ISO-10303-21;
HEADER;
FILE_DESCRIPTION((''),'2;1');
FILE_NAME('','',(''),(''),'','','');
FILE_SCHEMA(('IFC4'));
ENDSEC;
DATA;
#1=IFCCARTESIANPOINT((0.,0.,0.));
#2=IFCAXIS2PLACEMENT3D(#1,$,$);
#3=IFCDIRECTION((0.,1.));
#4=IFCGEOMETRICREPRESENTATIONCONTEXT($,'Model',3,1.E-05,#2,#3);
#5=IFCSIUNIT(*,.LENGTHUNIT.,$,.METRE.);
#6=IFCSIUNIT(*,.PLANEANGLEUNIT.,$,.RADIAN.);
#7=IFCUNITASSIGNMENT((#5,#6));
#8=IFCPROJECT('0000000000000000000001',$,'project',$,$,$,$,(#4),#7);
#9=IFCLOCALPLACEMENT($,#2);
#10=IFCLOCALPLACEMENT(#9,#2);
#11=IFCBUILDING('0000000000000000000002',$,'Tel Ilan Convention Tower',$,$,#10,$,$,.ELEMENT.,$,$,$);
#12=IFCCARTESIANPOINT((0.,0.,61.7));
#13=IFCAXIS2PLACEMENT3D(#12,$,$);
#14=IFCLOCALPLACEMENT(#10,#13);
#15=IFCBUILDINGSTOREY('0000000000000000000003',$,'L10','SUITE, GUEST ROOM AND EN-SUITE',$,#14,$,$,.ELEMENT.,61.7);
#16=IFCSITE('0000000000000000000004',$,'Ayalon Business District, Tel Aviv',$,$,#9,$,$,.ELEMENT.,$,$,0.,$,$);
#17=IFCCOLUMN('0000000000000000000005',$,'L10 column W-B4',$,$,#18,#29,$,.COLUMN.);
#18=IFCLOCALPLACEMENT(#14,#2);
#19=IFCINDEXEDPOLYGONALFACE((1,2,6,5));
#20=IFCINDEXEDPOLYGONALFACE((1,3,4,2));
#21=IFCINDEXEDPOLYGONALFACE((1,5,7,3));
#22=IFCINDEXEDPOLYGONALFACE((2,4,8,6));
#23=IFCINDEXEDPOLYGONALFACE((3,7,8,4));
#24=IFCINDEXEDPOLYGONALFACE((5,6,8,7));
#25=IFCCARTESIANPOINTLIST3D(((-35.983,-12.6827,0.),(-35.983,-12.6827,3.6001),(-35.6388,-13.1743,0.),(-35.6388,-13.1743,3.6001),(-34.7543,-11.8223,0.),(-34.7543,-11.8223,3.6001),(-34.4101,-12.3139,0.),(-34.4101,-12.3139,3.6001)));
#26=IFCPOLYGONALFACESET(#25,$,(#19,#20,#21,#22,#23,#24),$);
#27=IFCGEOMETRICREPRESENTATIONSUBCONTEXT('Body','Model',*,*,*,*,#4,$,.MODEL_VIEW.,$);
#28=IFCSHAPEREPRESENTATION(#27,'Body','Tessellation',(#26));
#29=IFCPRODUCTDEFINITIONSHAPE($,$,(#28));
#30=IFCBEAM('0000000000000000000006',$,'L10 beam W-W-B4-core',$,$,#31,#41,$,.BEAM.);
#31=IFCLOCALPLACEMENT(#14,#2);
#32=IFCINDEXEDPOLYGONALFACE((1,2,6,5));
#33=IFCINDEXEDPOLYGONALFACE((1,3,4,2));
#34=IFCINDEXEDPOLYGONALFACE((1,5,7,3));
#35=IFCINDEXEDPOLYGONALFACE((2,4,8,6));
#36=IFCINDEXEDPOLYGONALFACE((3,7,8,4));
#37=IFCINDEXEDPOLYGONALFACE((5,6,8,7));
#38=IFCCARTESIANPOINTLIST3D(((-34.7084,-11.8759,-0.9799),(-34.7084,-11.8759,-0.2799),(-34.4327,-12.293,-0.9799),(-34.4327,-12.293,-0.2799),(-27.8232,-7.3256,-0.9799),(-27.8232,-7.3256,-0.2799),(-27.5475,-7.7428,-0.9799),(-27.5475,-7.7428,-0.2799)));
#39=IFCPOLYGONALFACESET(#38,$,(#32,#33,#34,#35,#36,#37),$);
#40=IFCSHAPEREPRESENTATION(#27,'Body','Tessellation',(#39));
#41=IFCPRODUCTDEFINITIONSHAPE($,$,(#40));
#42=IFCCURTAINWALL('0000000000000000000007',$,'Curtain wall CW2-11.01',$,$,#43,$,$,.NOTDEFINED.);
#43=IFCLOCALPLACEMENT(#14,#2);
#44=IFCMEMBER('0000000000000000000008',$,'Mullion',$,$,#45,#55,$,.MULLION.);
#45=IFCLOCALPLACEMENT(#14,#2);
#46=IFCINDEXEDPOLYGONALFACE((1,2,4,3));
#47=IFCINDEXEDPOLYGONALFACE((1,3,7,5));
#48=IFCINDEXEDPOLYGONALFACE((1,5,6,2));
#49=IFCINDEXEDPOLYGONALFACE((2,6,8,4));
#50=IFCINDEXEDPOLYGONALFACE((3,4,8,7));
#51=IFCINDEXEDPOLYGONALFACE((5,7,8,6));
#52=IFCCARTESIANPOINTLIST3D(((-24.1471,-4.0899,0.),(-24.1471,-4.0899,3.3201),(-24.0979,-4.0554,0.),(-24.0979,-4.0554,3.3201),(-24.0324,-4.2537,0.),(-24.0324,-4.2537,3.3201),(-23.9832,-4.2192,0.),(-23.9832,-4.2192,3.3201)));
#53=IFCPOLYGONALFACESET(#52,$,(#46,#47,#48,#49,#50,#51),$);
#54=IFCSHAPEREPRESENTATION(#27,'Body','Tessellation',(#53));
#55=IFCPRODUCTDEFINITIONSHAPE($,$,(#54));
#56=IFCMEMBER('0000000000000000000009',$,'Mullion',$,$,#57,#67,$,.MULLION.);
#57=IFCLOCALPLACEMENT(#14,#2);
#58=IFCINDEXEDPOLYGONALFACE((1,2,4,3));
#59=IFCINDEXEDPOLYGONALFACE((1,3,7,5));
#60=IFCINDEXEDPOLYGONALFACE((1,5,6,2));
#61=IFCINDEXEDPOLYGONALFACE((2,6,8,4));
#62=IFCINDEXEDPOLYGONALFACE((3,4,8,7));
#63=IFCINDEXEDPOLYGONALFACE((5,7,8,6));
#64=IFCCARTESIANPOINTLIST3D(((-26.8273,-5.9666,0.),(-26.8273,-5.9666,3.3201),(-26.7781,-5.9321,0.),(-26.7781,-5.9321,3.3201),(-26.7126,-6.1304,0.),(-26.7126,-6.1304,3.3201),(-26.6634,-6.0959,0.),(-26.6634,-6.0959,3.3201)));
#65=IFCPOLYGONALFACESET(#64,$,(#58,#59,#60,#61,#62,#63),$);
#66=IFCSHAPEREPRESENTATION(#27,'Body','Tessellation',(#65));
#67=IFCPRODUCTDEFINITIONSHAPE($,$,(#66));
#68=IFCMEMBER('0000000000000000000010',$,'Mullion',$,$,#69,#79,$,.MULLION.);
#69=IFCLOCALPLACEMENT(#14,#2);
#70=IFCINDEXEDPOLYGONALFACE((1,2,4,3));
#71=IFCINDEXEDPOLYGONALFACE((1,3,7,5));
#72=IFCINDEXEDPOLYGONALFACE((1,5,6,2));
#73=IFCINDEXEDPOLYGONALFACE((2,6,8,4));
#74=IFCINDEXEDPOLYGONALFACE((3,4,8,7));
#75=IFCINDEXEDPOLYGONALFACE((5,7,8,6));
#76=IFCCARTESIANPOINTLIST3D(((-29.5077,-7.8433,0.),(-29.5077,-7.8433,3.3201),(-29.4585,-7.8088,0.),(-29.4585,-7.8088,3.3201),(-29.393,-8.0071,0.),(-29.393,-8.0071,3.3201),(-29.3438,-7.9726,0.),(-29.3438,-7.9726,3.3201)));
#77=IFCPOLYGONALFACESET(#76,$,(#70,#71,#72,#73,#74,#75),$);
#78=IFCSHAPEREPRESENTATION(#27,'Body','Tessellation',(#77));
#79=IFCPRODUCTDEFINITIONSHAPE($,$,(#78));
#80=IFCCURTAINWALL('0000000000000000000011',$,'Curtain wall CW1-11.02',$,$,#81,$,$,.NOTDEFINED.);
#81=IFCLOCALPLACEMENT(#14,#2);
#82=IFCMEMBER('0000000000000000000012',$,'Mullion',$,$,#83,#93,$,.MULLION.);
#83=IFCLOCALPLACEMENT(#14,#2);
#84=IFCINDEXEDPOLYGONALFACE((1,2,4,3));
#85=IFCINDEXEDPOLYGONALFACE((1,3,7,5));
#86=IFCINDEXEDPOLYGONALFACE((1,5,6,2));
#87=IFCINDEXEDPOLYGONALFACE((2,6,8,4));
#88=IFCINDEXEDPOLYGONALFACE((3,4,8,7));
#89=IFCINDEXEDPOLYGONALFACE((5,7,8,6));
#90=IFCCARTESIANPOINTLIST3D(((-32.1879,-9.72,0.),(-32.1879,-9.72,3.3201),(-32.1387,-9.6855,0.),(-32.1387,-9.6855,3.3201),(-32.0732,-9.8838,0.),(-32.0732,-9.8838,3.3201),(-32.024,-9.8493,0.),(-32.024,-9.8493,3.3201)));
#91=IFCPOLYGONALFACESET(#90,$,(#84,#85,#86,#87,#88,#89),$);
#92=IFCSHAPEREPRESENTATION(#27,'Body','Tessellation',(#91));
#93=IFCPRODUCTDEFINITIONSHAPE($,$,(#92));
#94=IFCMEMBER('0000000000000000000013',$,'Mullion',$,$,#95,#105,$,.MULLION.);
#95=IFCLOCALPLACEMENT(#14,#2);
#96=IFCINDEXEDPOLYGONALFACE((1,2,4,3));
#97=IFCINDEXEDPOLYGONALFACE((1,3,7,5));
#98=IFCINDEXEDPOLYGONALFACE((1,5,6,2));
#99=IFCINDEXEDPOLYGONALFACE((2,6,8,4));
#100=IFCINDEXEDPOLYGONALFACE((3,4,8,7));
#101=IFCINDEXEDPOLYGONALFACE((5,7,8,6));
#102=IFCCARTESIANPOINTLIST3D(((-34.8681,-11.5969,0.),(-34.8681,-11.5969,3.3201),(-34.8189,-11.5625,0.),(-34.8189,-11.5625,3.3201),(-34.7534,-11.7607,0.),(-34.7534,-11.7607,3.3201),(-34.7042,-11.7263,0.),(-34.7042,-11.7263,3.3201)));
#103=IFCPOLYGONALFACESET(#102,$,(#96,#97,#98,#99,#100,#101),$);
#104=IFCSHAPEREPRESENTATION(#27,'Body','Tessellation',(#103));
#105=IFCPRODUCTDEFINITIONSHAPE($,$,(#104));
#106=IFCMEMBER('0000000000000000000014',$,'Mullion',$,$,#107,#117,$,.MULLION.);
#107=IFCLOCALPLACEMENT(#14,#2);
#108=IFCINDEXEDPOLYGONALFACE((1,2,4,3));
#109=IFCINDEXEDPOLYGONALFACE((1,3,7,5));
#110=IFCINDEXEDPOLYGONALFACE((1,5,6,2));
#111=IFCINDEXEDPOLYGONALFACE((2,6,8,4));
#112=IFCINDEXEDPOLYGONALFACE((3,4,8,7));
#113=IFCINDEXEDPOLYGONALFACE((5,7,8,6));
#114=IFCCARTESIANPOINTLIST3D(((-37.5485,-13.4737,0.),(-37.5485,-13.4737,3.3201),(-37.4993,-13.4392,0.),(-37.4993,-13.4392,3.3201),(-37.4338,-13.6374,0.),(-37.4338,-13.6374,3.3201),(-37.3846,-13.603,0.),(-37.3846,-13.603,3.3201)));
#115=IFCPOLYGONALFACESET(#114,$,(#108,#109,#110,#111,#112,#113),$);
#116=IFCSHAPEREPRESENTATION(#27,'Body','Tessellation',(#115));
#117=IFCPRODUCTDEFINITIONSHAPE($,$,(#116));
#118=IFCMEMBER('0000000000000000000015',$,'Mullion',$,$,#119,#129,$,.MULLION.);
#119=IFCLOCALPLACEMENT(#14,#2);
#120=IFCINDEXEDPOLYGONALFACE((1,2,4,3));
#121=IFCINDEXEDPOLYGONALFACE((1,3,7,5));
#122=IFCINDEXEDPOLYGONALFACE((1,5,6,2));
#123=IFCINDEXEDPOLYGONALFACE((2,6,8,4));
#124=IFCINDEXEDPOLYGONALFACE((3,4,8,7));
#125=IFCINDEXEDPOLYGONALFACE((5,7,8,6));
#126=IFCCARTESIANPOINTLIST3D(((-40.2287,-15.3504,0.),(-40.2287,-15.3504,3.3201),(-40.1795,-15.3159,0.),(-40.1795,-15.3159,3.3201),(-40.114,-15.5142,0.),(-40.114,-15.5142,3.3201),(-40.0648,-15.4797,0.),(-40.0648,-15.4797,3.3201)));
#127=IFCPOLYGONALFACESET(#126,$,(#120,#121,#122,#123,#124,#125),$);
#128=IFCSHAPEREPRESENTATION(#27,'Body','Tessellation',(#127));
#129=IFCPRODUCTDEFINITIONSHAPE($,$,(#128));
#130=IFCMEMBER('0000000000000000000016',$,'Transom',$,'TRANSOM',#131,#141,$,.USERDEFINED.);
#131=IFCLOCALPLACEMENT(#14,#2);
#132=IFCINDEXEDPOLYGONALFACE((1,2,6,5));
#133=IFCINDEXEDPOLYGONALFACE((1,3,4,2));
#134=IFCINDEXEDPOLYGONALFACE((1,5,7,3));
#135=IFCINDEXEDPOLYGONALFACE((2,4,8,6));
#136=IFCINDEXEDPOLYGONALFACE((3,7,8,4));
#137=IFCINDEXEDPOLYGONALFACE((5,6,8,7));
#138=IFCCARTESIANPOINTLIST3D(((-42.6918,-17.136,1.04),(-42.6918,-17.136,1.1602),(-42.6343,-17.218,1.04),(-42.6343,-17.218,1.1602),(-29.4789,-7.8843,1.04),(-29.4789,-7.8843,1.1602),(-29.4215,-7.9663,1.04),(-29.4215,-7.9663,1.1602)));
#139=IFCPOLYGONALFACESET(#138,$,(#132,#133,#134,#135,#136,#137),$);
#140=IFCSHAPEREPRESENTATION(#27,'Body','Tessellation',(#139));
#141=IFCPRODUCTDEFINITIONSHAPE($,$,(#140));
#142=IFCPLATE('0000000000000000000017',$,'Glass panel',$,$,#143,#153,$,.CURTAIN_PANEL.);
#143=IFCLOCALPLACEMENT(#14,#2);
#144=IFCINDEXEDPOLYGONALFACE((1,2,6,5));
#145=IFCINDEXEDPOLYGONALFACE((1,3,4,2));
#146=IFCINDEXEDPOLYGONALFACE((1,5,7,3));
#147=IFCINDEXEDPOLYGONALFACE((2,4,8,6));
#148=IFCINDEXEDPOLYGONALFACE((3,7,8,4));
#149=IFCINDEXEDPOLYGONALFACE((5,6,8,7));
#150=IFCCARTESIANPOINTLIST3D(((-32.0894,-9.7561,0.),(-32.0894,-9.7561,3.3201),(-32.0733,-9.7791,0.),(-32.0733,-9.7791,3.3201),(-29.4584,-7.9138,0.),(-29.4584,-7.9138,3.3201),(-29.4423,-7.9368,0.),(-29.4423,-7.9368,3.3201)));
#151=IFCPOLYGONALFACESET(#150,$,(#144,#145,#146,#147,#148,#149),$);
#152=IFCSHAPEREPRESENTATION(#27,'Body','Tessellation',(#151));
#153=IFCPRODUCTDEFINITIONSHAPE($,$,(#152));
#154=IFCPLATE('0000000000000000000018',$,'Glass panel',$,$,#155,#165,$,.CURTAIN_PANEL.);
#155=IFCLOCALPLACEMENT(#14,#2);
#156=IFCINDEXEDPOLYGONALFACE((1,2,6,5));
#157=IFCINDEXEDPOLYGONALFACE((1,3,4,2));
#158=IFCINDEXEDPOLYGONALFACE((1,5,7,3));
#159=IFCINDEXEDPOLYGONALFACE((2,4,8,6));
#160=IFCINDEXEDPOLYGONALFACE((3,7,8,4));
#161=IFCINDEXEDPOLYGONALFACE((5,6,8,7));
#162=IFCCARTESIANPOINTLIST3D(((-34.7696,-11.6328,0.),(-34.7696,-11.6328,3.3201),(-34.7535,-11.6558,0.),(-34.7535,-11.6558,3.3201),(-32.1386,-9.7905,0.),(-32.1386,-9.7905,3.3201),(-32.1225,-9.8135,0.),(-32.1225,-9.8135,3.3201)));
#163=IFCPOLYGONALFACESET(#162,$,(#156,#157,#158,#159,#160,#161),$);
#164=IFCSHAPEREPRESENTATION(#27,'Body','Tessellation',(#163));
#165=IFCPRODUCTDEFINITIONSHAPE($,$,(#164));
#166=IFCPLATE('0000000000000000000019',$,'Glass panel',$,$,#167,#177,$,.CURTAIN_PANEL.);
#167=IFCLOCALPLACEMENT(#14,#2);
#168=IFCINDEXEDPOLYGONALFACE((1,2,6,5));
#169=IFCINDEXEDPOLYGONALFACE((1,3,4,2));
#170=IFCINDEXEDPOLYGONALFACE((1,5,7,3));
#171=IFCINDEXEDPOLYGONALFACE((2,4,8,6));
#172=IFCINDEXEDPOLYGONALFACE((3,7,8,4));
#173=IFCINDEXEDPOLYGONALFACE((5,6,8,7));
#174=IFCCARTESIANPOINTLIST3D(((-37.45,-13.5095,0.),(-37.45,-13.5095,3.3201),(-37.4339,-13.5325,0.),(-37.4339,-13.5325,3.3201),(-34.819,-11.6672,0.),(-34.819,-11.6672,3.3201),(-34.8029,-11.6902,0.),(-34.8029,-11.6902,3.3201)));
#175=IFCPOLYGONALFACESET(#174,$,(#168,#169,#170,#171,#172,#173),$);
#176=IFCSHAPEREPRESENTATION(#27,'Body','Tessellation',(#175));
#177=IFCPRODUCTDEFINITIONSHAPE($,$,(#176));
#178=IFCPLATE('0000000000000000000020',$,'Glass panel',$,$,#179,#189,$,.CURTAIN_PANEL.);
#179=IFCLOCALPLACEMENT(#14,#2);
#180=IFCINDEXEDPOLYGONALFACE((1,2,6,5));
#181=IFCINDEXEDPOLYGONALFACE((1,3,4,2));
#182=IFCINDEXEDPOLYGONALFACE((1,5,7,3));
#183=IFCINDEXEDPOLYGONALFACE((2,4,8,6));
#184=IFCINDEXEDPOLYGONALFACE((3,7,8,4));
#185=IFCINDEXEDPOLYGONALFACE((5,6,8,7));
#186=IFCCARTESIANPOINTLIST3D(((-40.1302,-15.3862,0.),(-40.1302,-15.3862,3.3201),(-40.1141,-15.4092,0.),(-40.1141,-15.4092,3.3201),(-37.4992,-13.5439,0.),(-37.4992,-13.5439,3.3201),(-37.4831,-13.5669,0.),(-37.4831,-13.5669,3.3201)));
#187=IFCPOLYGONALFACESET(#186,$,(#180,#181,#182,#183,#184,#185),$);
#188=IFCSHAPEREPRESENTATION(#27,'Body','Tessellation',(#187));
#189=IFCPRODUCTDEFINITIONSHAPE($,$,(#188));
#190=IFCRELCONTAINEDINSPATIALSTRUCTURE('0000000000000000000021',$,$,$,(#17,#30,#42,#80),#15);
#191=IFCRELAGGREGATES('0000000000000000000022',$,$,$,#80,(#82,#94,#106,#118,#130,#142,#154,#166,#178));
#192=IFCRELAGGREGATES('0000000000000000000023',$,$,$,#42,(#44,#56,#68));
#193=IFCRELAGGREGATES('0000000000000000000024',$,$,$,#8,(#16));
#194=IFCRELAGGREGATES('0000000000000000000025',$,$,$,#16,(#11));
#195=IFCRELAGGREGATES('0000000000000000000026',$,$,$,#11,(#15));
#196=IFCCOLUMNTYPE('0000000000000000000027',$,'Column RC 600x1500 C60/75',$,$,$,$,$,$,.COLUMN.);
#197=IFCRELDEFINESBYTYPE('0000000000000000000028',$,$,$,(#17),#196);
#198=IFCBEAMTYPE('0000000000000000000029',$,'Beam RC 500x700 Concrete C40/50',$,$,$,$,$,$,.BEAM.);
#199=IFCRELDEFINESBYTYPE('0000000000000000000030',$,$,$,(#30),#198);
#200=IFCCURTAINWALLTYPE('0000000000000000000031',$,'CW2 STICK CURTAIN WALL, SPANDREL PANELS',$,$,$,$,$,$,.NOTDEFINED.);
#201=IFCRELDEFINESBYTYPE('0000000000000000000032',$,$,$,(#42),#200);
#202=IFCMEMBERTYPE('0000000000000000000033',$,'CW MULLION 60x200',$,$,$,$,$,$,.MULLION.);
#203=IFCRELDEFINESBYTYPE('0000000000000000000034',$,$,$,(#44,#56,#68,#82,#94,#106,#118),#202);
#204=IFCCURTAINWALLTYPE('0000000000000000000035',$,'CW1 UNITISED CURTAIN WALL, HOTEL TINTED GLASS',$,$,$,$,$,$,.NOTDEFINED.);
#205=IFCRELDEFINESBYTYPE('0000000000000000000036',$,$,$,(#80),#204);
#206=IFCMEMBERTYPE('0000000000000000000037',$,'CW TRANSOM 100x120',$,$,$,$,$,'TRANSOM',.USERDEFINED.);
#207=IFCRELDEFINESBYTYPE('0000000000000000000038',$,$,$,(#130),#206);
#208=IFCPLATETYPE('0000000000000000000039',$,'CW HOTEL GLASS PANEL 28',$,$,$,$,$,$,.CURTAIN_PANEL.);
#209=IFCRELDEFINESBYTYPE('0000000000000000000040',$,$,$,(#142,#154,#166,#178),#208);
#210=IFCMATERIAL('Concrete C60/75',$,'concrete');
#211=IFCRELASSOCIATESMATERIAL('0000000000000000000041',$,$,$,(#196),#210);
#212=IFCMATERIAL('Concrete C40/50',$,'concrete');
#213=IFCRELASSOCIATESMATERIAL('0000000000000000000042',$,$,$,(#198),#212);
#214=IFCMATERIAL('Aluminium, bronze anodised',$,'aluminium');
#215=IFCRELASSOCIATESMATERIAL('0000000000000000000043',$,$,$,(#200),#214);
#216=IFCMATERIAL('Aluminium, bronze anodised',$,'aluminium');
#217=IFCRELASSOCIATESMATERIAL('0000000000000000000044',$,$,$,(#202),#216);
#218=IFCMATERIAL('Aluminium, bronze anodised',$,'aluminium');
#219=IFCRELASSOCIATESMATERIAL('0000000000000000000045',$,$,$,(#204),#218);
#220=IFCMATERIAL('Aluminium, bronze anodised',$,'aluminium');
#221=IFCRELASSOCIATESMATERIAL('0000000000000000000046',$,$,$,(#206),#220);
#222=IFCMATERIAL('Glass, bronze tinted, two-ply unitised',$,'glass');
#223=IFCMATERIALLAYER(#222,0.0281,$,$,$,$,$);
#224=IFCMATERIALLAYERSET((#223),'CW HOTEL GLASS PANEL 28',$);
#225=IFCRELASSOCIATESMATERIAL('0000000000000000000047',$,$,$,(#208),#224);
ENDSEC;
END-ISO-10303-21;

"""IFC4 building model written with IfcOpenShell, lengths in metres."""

from ifc_helpers import new_model, si_unit, direction, frame, origin, origin_2d, place, context, subcontext, project, spatial, rectangle, extrude, material, layer, layer_set, material_profile, profile_set, type_object, element, aggregate, save


model = new_model("IFC4")

# Units and contexts
model_context = context("Model", 3, precision=1e-05, world=origin(), true_north=direction((0.0, 1.0)))
body_context = subcontext(model_context, "Body", "Model", "MODEL_VIEW")
ifc_project = project(units=[si_unit("LENGTHUNIT", "METRE"), si_unit("PLANEANGLEUNIT", "RADIAN")], contexts=[model_context])

# Site, building, storey
site_placement = place(None, origin())
site = spatial("IfcSite", under=ifc_project, at=site_placement, Name="Ayalon Business District, Tel Aviv", CompositionType="ELEMENT", RefElevation=0.0)
building_placement = place(site_placement, origin())
building = spatial("IfcBuilding", under=site, at=building_placement, Name="Tel Ilan Convention Tower", CompositionType="ELEMENT")
storey_placement = place(building_placement, frame((0.0, 0.0, 61.7)))
storey = spatial("IfcBuildingStorey", under=building, at=storey_placement, Name="L10", Description="SUITE, GUEST ROOM AND EN-SUITE", CompositionType="ELEMENT", Elevation=61.7)

# Column
ifc_material_1 = material(Name="Concrete C60/75", Category="concrete")
ifc_material_profile_1 = material_profile(ifc_material_1, rectangle(XDim=1.5, YDim=0.6001, at=origin_2d()), Name="RC 600x1500")
ifc_profile_set_1 = profile_set([ifc_material_profile_1], Name="Concrete C60/75")
column_type = type_object("IfcColumnType", Name="Column RC 600x1500 C60/75", PredefinedType="COLUMN", material=ifc_profile_set_1)
column_placement = place(storey_placement, frame((-35.1965, -12.4983, 0.0), z_axis=(0.0, 0.0, 1.0), x_axis=(-0.819152, -0.573576, 0.0)))
element("IfcColumn", 1, at=column_placement, inside=storey, type_object=column_type, Name="L10 column W-B4", PredefinedType="COLUMN", context=body_context, shape_type="SweptSolid", body=[
    extrude(rectangle(XDim=1.5, YDim=0.6001, at=origin_2d()), origin(), (0.0, 0.0, 1.0), 3.6001),
])

# Beam
ifc_material_2 = material(Name="Concrete C40/50", Category="concrete")
ifc_material_profile_2 = material_profile(ifc_material_2, rectangle(XDim=0.5, YDim=0.7, at=origin_2d()), Name="RC 500x700")
ifc_profile_set_2 = profile_set([ifc_material_profile_2], Name="Concrete C40/50")
beam_type = type_object("IfcBeamType", Name="Beam RC 500x700 Concrete C40/50", PredefinedType="BEAM", material=ifc_profile_set_2)
beam_placement = place(storey_placement, frame((-34.5706, -12.0845, -0.6299), z_axis=(0.834274, 0.551351, 0.0), x_axis=(-0.551351, 0.834274, 0.0)))
element("IfcBeam", 2, at=beam_placement, inside=storey, type_object=beam_type, Name="L10 beam W-W-B4-core", PredefinedType="BEAM", context=body_context, shape_type="SweptSolid", body=[
    extrude(rectangle(XDim=0.5, YDim=0.7, at=origin_2d()), origin(), (0.0, 0.0, 1.0), 8.2529),
])

# Curtain wall, members
ifc_material_3 = material(Name="Aluminium, bronze anodised", Category="aluminium")
curtain_wall_type_1 = type_object("IfcCurtainWallType", Name="CW2 STICK CURTAIN WALL, SPANDREL PANELS", PredefinedType="NOTDEFINED", material=ifc_material_3)
curtain_wall_1_placement = place(storey_placement, origin())
curtain_wall_1 = element("IfcCurtainWall", 3, at=curtain_wall_1_placement, inside=storey, type_object=curtain_wall_type_1, Name="Curtain wall CW2-11.01", PredefinedType="NOTDEFINED")
ifc_material_4 = material(Name="Aluminium, bronze anodised", Category="aluminium")
ifc_material_profile_3 = material_profile(ifc_material_4, rectangle(XDim=0.0601, YDim=0.2, at=origin_2d()), Name="CW MULLION 60x200")
ifc_profile_set_3 = profile_set([ifc_material_profile_3], Name="Aluminium, bronze anodised")
member_type_1 = type_object("IfcMemberType", Name="CW MULLION 60x200", PredefinedType="MULLION", material=ifc_profile_set_3)
member_1_placement = place(storey_placement, frame((-24.0652, -4.1545, 0.0), z_axis=(0.0, 0.0, 1.0), x_axis=(-0.819152, -0.573576, 0.0)))
member_1 = element("IfcMember", 4, at=member_1_placement, type_object=member_type_1, Name="Mullion", PredefinedType="MULLION", context=body_context, shape_type="SweptSolid", body=[
    extrude(rectangle(XDim=0.0601, YDim=0.2, at=origin_2d()), origin(), (0.0, 0.0, 1.0), 3.3201),
])
member_2_placement = place(storey_placement, frame((-26.7454, -6.0312, 0.0), z_axis=(0.0, 0.0, 1.0), x_axis=(-0.819152, -0.573576, 0.0)))
member_2 = element("IfcMember", 5, at=member_2_placement, type_object=member_type_1, Name="Mullion", PredefinedType="MULLION", context=body_context, shape_type="SweptSolid", body=[
    extrude(rectangle(XDim=0.0601, YDim=0.2, at=origin_2d()), origin(), (0.0, 0.0, 1.0), 3.3201),
])
member_3_placement = place(storey_placement, frame((-29.4258, -7.908, 0.0), z_axis=(0.0, 0.0, 1.0), x_axis=(-0.819152, -0.573576, 0.0)))
member_3 = element("IfcMember", 6, at=member_3_placement, type_object=member_type_1, Name="Mullion", PredefinedType="MULLION", context=body_context, shape_type="SweptSolid", body=[
    extrude(rectangle(XDim=0.0601, YDim=0.2, at=origin_2d()), origin(), (0.0, 0.0, 1.0), 3.3201),
])

# Curtain wall, members, plates
ifc_material_5 = material(Name="Aluminium, bronze anodised", Category="aluminium")
curtain_wall_type_2 = type_object("IfcCurtainWallType", Name="CW1 UNITISED CURTAIN WALL, HOTEL TINTED GLASS", PredefinedType="NOTDEFINED", material=ifc_material_5)
curtain_wall_2_placement = place(storey_placement, origin())
curtain_wall_2 = element("IfcCurtainWall", 7, at=curtain_wall_2_placement, inside=storey, type_object=curtain_wall_type_2, Name="Curtain wall CW1-11.02", PredefinedType="NOTDEFINED")
member_4_placement = place(storey_placement, frame((-32.106, -9.7847, 0.0), z_axis=(0.0, 0.0, 1.0), x_axis=(-0.819152, -0.573576, 0.0)))
member_4 = element("IfcMember", 8, at=member_4_placement, type_object=member_type_1, Name="Mullion", PredefinedType="MULLION", context=body_context, shape_type="SweptSolid", body=[
    extrude(rectangle(XDim=0.0601, YDim=0.2, at=origin_2d()), origin(), (0.0, 0.0, 1.0), 3.3201),
])
member_5_placement = place(storey_placement, frame((-34.7861, -11.6616, 0.0), z_axis=(0.0, 0.0, 1.0), x_axis=(-0.819152, -0.573576, 0.0)))
member_5 = element("IfcMember", 9, at=member_5_placement, type_object=member_type_1, Name="Mullion", PredefinedType="MULLION", context=body_context, shape_type="SweptSolid", body=[
    extrude(rectangle(XDim=0.0601, YDim=0.2, at=origin_2d()), origin(), (0.0, 0.0, 1.0), 3.3201),
])
member_6_placement = place(storey_placement, frame((-37.4666, -13.5383, 0.0), z_axis=(0.0, 0.0, 1.0), x_axis=(-0.819152, -0.573576, 0.0)))
member_6 = element("IfcMember", 10, at=member_6_placement, type_object=member_type_1, Name="Mullion", PredefinedType="MULLION", context=body_context, shape_type="SweptSolid", body=[
    extrude(rectangle(XDim=0.0601, YDim=0.2, at=origin_2d()), origin(), (0.0, 0.0, 1.0), 3.3201),
])
member_7_placement = place(storey_placement, frame((-40.1467, -15.415, 0.0), z_axis=(0.0, 0.0, 1.0), x_axis=(-0.819152, -0.573576, 0.0)))
member_7 = element("IfcMember", 11, at=member_7_placement, type_object=member_type_1, Name="Mullion", PredefinedType="MULLION", context=body_context, shape_type="SweptSolid", body=[
    extrude(rectangle(XDim=0.0601, YDim=0.2, at=origin_2d()), origin(), (0.0, 0.0, 1.0), 3.3201),
])
ifc_material_6 = material(Name="Aluminium, bronze anodised", Category="aluminium")
ifc_material_profile_4 = material_profile(ifc_material_6, rectangle(XDim=0.1001, YDim=0.1201, at=origin_2d()), Name="CW TRANSOM 100x120")
ifc_profile_set_4 = profile_set([ifc_material_profile_4], Name="Aluminium, bronze anodised")
member_type_2 = type_object("IfcMemberType", Name="CW TRANSOM 100x120", ElementType="TRANSOM", PredefinedType="USERDEFINED", material=ifc_profile_set_4)
member_8_placement = place(storey_placement, frame((-29.4502, -7.9253, 1.1001), z_axis=(-0.819154, -0.573574, 0.0), x_axis=(0.573574, -0.819154, 0.0)))
member_8 = element("IfcMember", 12, at=member_8_placement, type_object=member_type_2, Name="Transom", ObjectType="TRANSOM", PredefinedType="USERDEFINED", context=body_context, shape_type="SweptSolid", body=[
    extrude(rectangle(XDim=0.1001, YDim=0.1201, at=origin_2d()), origin(), (0.0, 0.0, 1.0), 16.1299),
])
ifc_material_7 = material(Name="Glass, bronze tinted, two-ply unitised", Category="glass")
ifc_layer_1 = layer(ifc_material_7, 0.0281)
ifc_layer_set_1 = layer_set([ifc_layer_1], Name="CW HOTEL GLASS PANEL 28")
plate_type_1 = type_object("IfcPlateType", Name="CW HOTEL GLASS PANEL 28", PredefinedType="CURTAIN_PANEL", material=ifc_layer_set_1)
plate_1_placement = place(storey_placement, frame((-30.7659, -8.8464, 0.0), z_axis=(0.0, 0.0, 1.0), x_axis=(-0.819152, -0.573576, 0.0)))
plate_1 = element("IfcPlate", 13, at=plate_1_placement, type_object=plate_type_1, Name="Glass panel", PredefinedType="CURTAIN_PANEL", context=body_context, shape_type="SweptSolid", body=[
    extrude(rectangle(XDim=3.2119, YDim=0.0281, at=origin_2d()), origin(), (0.0, 0.0, 1.0), 3.3201),
])
plate_2_placement = place(storey_placement, frame((-33.446, -10.7231, 0.0), z_axis=(0.0, 0.0, 1.0), x_axis=(-0.819152, -0.573576, 0.0)))
plate_2 = element("IfcPlate", 14, at=plate_2_placement, type_object=plate_type_1, Name="Glass panel", PredefinedType="CURTAIN_PANEL", context=body_context, shape_type="SweptSolid", body=[
    extrude(rectangle(XDim=3.2119, YDim=0.0281, at=origin_2d()), origin(), (0.0, 0.0, 1.0), 3.3201),
])
plate_3_placement = place(storey_placement, frame((-36.1265, -12.5999, 0.0), z_axis=(0.0, 0.0, 1.0), x_axis=(-0.819152, -0.573576, 0.0)))
plate_3 = element("IfcPlate", 15, at=plate_3_placement, type_object=plate_type_1, Name="Glass panel", PredefinedType="CURTAIN_PANEL", context=body_context, shape_type="SweptSolid", body=[
    extrude(rectangle(XDim=3.2119, YDim=0.0281, at=origin_2d()), origin(), (0.0, 0.0, 1.0), 3.3201),
])
plate_4_placement = place(storey_placement, frame((-38.8066, -14.4766, 0.0), z_axis=(0.0, 0.0, 1.0), x_axis=(-0.819152, -0.573576, 0.0)))
plate_4 = element("IfcPlate", 16, at=plate_4_placement, type_object=plate_type_1, Name="Glass panel", PredefinedType="CURTAIN_PANEL", context=body_context, shape_type="SweptSolid", body=[
    extrude(rectangle(XDim=3.2119, YDim=0.0281, at=origin_2d()), origin(), (0.0, 0.0, 1.0), 3.3201),
])
aggregate(curtain_wall_2, [member_4, member_5, member_6, member_7, member_8, plate_1, plate_2, plate_3, plate_4])

aggregate(curtain_wall_1, [member_1, member_2, member_3])

save(model, "model.ifc")
